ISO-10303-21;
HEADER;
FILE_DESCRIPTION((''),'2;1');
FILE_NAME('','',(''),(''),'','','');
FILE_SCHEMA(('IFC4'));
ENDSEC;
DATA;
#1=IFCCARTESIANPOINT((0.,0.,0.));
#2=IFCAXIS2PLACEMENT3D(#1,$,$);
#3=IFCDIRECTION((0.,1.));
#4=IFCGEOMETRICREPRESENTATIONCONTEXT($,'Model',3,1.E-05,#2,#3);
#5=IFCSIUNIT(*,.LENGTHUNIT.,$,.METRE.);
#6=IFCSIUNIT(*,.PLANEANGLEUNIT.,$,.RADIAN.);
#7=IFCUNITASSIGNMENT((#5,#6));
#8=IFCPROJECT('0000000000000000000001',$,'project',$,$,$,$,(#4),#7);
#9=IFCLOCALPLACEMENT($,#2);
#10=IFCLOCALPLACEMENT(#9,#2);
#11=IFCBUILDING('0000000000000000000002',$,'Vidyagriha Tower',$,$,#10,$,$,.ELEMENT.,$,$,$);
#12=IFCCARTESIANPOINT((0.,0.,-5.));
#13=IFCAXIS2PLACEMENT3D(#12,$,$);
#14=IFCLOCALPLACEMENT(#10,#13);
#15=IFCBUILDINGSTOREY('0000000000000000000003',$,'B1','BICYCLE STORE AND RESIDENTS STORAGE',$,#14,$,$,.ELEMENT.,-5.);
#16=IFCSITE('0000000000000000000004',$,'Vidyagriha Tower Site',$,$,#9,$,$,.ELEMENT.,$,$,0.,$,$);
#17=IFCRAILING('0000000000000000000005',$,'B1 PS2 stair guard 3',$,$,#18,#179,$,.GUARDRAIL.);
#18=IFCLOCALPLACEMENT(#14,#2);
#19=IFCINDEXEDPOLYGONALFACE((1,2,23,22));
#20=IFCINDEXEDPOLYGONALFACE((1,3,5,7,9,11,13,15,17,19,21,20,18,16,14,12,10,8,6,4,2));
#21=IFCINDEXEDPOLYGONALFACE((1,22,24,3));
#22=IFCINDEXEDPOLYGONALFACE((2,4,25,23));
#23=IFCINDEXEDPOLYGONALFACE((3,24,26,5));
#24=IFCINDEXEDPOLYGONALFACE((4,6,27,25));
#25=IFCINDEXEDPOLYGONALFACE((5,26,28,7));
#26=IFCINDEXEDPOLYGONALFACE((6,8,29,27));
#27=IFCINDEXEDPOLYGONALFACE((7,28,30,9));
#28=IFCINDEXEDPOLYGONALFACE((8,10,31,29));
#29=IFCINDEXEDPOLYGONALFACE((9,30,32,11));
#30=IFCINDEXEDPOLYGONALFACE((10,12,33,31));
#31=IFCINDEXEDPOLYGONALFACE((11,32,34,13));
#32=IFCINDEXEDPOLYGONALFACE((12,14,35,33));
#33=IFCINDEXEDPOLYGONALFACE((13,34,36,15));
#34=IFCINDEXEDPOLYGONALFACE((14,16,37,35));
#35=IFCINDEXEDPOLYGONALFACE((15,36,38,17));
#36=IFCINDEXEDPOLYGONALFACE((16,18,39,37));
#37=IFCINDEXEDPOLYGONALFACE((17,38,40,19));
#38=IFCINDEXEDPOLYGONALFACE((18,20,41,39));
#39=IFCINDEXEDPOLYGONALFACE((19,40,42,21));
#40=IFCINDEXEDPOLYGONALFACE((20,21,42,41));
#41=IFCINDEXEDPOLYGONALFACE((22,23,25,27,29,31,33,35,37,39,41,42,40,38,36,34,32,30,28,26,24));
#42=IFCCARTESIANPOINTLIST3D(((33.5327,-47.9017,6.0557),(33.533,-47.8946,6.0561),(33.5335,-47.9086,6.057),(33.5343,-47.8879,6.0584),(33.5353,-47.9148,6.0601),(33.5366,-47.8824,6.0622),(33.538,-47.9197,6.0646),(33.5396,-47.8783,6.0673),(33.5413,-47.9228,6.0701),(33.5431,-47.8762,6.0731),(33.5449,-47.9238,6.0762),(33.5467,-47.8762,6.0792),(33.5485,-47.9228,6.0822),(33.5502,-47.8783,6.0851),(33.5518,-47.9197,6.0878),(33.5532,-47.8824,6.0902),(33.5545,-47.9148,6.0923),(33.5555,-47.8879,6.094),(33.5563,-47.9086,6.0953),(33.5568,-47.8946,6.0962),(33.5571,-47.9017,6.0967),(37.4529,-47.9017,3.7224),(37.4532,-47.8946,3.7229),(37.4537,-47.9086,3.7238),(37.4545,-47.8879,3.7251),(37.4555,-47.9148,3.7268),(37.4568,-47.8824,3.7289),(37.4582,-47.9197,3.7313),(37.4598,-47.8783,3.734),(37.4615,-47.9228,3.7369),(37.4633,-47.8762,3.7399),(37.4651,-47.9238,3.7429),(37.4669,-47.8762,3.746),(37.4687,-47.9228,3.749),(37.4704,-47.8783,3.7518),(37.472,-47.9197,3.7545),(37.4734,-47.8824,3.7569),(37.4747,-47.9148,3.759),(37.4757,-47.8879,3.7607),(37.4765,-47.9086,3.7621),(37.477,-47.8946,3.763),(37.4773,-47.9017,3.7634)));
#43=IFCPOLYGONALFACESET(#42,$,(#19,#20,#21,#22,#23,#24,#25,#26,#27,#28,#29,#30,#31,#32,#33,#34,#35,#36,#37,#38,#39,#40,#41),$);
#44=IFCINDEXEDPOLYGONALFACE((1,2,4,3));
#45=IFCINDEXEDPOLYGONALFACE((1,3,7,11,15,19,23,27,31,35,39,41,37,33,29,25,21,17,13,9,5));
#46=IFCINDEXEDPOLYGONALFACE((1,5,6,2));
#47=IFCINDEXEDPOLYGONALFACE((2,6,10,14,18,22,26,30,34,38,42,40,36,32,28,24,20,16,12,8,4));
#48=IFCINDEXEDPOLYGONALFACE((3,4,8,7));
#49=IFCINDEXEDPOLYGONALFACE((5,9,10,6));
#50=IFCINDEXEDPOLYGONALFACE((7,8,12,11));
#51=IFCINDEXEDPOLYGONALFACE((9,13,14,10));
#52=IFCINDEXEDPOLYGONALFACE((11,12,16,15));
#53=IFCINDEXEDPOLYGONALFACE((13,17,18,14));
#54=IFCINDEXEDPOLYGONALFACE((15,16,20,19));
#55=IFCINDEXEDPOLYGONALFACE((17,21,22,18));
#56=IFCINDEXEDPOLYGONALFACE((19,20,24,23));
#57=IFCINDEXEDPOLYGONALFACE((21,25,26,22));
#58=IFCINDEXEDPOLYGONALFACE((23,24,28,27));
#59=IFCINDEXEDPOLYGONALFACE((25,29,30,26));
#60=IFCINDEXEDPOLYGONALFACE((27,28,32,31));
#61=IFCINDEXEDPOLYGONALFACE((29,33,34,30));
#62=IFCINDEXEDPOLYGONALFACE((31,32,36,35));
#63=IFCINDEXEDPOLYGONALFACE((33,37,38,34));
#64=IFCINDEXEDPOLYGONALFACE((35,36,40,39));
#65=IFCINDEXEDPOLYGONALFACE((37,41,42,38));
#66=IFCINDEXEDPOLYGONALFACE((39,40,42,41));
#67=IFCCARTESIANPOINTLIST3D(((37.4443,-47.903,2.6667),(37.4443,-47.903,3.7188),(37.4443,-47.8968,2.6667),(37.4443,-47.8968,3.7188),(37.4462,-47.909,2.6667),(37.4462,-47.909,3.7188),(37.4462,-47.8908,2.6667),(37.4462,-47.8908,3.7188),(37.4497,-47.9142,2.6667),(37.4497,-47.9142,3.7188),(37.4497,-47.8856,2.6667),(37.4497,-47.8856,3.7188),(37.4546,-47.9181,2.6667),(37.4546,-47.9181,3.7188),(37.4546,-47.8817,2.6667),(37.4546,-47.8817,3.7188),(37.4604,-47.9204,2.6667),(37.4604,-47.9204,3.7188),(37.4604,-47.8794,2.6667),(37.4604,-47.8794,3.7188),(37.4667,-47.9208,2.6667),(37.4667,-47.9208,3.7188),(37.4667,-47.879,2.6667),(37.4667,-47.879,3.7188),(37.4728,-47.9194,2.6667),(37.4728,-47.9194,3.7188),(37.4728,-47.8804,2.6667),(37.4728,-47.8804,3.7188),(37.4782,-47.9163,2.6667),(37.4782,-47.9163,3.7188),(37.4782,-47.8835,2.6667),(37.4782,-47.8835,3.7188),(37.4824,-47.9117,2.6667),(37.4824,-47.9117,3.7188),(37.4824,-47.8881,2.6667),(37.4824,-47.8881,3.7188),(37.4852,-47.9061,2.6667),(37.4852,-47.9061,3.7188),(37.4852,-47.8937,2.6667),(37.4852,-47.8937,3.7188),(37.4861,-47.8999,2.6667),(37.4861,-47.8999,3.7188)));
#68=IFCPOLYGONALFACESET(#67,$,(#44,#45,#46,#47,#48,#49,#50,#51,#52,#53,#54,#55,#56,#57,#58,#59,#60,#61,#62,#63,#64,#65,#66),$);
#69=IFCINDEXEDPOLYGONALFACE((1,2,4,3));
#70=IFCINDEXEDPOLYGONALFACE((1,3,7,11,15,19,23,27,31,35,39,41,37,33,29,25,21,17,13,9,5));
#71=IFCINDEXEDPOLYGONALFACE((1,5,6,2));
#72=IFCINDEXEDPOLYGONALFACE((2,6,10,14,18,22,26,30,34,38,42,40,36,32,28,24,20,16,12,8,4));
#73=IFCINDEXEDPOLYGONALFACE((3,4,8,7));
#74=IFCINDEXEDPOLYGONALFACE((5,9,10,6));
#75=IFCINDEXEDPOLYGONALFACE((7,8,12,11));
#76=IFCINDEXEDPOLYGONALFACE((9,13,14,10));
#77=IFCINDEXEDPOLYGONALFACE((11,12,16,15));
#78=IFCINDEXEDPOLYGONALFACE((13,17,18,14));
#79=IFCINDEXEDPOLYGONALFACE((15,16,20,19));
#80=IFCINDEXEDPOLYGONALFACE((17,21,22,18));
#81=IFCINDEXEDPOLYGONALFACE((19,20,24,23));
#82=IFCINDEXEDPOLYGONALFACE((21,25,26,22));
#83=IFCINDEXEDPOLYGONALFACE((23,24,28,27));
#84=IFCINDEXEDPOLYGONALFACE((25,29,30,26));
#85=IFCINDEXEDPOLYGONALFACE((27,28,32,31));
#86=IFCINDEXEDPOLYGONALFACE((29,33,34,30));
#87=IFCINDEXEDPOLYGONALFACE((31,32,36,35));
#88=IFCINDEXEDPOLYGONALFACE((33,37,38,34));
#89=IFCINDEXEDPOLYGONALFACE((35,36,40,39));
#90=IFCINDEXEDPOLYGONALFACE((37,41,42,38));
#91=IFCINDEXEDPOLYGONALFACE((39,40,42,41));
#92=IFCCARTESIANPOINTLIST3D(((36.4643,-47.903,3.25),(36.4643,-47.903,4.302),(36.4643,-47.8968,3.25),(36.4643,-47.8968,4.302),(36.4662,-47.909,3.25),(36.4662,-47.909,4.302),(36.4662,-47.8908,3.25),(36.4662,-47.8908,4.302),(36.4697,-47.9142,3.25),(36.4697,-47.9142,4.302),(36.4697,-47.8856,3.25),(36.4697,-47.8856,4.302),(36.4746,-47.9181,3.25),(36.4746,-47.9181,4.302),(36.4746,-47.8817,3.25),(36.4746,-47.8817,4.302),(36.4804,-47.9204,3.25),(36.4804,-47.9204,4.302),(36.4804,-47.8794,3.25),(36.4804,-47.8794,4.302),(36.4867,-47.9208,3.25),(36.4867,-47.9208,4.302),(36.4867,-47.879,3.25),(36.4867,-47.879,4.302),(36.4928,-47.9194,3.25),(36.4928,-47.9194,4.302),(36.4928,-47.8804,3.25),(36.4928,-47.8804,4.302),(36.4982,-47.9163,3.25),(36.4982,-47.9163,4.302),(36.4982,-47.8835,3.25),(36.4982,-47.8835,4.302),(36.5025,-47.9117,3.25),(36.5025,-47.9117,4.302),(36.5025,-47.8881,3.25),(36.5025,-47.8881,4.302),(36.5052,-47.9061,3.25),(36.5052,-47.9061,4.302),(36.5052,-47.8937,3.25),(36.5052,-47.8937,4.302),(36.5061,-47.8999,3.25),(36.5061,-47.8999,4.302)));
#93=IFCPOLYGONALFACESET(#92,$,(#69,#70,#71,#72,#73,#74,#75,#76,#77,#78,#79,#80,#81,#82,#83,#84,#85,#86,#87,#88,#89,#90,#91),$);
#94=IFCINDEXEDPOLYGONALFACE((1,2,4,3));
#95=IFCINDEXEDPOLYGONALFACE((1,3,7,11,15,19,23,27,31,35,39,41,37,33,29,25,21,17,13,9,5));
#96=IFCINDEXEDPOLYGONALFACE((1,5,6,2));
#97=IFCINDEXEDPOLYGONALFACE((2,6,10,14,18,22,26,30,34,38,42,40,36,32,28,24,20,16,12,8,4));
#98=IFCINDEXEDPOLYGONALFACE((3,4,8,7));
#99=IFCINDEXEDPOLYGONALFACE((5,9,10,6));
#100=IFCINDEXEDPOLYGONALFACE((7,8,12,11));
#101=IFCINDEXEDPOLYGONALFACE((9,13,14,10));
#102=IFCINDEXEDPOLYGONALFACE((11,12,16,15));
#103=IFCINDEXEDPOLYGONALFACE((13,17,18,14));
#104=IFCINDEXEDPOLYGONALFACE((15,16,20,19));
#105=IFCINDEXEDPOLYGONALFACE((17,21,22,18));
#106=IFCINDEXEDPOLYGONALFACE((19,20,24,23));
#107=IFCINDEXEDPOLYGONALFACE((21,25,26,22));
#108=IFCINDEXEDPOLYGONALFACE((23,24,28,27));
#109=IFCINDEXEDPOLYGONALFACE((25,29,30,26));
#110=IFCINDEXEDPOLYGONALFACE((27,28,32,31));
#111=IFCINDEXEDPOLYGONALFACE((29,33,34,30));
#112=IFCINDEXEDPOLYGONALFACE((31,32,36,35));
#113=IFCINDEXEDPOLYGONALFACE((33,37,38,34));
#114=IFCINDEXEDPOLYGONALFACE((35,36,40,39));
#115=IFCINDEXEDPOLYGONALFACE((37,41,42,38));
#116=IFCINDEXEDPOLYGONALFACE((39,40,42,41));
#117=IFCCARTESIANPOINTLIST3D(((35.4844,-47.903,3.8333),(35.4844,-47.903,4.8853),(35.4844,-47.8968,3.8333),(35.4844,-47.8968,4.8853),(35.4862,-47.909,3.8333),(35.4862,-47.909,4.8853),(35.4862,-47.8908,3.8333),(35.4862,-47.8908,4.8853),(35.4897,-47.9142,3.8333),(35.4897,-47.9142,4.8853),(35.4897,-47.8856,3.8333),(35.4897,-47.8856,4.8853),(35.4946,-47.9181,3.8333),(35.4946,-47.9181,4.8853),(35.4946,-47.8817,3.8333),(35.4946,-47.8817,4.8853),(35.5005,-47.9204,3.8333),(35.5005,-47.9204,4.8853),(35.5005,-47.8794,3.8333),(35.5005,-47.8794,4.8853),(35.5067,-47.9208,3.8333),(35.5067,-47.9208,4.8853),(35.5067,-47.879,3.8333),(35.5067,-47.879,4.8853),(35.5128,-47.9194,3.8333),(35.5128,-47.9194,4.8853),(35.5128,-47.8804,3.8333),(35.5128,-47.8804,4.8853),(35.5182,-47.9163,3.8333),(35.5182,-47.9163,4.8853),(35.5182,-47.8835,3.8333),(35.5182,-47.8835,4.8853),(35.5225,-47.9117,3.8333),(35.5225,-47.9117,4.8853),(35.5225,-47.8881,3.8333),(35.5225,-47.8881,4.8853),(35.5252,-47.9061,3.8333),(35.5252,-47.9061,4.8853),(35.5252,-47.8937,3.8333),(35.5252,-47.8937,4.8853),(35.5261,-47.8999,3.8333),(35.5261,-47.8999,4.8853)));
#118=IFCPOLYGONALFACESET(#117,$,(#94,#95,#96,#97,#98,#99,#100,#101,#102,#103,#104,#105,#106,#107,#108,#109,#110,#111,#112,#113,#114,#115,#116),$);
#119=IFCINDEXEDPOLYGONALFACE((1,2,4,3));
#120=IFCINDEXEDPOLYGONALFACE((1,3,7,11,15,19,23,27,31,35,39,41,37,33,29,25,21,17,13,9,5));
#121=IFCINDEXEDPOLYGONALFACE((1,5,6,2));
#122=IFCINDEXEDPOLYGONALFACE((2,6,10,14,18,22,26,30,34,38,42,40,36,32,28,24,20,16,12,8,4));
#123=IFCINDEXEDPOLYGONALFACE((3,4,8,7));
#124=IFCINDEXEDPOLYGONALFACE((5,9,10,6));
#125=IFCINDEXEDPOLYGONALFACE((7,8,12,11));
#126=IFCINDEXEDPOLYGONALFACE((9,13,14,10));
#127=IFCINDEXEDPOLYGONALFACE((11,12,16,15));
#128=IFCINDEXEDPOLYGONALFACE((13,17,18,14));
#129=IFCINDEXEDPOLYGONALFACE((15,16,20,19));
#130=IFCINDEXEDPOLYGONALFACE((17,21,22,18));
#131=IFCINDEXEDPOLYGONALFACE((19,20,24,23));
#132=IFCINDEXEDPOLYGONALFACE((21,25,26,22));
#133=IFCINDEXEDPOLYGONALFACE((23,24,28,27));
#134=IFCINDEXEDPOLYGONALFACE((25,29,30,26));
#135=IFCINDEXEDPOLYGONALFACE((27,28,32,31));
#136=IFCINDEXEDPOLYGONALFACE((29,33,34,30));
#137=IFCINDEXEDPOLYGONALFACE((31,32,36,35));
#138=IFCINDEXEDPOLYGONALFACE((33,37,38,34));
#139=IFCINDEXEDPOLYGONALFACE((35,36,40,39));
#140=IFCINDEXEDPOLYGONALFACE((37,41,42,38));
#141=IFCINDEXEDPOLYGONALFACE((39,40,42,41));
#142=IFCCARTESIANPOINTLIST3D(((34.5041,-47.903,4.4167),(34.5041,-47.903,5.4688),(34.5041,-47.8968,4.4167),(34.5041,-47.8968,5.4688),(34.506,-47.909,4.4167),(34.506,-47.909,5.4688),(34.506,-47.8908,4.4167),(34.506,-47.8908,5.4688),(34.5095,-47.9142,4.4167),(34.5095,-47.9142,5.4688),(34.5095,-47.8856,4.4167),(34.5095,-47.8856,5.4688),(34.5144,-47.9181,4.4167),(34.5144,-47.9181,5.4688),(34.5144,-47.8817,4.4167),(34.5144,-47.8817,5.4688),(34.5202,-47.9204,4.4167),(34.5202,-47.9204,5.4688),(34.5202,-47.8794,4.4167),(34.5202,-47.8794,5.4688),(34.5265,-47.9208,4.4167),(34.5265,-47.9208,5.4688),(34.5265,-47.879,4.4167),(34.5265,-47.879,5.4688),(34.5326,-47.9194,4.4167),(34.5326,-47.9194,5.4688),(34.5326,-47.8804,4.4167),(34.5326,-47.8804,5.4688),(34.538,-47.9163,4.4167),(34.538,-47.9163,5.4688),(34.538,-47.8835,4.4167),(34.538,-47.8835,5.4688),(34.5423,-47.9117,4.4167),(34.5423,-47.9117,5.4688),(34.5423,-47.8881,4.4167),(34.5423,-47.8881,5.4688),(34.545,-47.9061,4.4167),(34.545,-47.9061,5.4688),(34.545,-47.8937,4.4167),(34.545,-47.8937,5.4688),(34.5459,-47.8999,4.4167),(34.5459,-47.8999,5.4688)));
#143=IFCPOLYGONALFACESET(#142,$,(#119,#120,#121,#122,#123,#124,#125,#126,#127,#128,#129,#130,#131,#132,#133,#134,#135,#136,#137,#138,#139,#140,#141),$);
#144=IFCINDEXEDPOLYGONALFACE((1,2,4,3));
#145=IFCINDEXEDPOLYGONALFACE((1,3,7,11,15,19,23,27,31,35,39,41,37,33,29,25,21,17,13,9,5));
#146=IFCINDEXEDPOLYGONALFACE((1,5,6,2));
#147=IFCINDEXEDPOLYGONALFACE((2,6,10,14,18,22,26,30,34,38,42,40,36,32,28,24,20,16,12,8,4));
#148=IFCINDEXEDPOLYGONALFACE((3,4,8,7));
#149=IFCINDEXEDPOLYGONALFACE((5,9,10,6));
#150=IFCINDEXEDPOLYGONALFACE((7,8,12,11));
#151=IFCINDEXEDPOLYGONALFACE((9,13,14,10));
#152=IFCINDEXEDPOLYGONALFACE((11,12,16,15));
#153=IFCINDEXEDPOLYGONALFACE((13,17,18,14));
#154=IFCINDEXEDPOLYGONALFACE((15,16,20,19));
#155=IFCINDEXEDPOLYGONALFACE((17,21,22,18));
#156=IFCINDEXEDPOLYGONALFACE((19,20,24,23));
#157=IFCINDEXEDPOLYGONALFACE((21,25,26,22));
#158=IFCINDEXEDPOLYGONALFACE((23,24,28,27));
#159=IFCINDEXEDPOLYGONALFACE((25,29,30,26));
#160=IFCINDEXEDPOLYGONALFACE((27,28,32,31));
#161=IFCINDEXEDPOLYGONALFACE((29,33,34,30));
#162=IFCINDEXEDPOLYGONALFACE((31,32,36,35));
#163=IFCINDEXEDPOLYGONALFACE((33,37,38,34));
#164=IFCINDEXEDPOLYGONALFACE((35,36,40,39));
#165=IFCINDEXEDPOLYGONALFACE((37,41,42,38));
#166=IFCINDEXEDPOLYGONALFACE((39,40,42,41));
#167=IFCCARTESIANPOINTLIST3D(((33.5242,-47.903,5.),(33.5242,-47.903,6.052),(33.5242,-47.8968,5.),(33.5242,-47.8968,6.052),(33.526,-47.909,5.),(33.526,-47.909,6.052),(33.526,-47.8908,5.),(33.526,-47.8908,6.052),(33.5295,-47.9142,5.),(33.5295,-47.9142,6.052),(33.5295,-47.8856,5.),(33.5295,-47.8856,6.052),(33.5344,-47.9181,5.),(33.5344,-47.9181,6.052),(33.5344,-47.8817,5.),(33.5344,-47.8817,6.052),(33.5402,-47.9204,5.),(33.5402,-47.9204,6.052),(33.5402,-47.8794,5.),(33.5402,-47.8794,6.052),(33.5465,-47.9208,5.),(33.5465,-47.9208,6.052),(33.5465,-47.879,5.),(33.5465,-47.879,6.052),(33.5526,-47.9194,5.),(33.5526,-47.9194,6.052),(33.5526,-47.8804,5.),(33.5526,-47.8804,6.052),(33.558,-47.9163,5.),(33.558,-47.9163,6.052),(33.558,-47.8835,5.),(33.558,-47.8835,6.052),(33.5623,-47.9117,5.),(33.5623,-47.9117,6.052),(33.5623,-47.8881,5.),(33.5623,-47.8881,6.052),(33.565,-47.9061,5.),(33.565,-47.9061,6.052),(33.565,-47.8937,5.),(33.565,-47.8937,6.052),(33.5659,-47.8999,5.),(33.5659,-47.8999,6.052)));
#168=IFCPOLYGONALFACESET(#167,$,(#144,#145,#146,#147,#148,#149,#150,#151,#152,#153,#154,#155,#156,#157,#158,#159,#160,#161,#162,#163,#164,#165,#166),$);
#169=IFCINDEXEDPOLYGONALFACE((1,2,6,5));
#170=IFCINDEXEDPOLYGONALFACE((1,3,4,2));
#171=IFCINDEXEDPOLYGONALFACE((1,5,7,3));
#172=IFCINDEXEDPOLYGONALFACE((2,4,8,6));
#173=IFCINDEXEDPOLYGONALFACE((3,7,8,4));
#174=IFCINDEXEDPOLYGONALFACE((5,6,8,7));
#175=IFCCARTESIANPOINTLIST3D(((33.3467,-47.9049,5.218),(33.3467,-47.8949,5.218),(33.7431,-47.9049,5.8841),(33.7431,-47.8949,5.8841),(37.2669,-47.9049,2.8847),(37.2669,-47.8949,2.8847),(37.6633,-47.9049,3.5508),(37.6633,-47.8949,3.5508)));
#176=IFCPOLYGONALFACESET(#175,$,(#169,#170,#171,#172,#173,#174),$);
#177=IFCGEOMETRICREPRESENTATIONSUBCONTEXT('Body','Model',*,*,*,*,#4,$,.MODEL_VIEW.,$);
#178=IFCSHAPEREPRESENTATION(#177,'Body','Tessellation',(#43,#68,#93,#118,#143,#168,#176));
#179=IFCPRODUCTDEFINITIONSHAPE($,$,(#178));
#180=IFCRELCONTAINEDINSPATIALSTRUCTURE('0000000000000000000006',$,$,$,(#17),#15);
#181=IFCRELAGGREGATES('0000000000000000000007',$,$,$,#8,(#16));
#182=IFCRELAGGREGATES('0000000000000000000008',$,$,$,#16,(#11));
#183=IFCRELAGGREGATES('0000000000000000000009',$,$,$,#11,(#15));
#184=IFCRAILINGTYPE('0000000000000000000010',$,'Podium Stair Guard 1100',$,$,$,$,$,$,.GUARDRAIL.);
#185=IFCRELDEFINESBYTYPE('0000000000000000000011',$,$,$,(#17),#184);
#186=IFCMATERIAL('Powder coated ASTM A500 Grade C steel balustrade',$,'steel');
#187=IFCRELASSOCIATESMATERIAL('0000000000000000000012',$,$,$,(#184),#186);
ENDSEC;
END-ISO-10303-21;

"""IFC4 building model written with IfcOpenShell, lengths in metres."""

from ifc_helpers import new_model, si_unit, direction, frame, origin, origin_2d, place, context, subcontext, project, spatial, rectangle, circle, extrude, material, type_object, element, save


model = new_model("IFC4")

# Units and contexts
model_context = context("Model", 3, precision=1e-05, world=origin(), true_north=direction((0.0, 1.0)))
body_context = subcontext(model_context, "Body", "Model", "MODEL_VIEW")
ifc_project = project(units=[si_unit("LENGTHUNIT", "METRE"), si_unit("PLANEANGLEUNIT", "RADIAN")], contexts=[model_context])

# Site, building, storey
site_placement = place(None, origin())
site = spatial("IfcSite", under=ifc_project, at=site_placement, Name="Vidyagriha Tower Site", CompositionType="ELEMENT", RefElevation=0.0)
building_placement = place(site_placement, origin())
building = spatial("IfcBuilding", under=site, at=building_placement, Name="Vidyagriha Tower", CompositionType="ELEMENT")
storey_placement = place(building_placement, frame((0.0, 0.0, -5.0)))
storey = spatial("IfcBuildingStorey", under=building, at=storey_placement, Name="B1", Description="BICYCLE STORE AND RESIDENTS STORAGE", CompositionType="ELEMENT", Elevation=-5.0)

# Railing
ifc_material_1 = material(Name="Powder coated ASTM A500 Grade C steel balustrade", Category="steel")
railing_type_1 = type_object("IfcRailingType", Name="Podium Stair Guard 1100", PredefinedType="GUARDRAIL", material=ifc_material_1)
railing_1_placement = place(storey_placement, frame((37.4651, -47.8999, 2.6667)))
element("IfcRailing", 1, at=railing_1_placement, inside=storey, type_object=railing_type_1, Name="B1 PS2 stair guard 3", PredefinedType="GUARDRAIL", context=body_context, shape_type="SweptSolid", body=[
    extrude(circle(Radius=0.0239, at=origin_2d()), frame((0.0, 0.0, 1.0762), z_axis=(-0.85931, 0.0, 0.511455), x_axis=(0.0, -1.0, 0.0)), (0.0, 0.0, 1.0), 4.562),
    extrude(circle(Radius=0.021, at=origin_2d()), origin(), (0.0, 0.0, 1.0), 1.052),
    extrude(circle(Radius=0.021, at=origin_2d()), frame((-0.98, 0.0, 0.5833)), (0.0, 0.0, 1.0), 1.052),
    extrude(circle(Radius=0.021, at=origin_2d()), frame((-1.96, 0.0, 1.1665)), (0.0, 0.0, 1.0), 1.052),
    extrude(circle(Radius=0.021, at=origin_2d()), frame((-2.9402, 0.0, 1.75)), (0.0, 0.0, 1.0), 1.052),
    extrude(circle(Radius=0.021, at=origin_2d()), frame((-3.9202, 0.0, 2.3333)), (0.0, 0.0, 1.0), 1.052),
    extrude(rectangle(XDim=0.01, YDim=0.7751, at=origin_2d()), frame((0.0, 0.0, 0.551), z_axis=(-0.85931, 0.0, 0.511455), x_axis=(0.0, -1.0, 0.0)), (0.0, 0.0, 1.0), 4.562),
])

save(model, "model.ifc")
